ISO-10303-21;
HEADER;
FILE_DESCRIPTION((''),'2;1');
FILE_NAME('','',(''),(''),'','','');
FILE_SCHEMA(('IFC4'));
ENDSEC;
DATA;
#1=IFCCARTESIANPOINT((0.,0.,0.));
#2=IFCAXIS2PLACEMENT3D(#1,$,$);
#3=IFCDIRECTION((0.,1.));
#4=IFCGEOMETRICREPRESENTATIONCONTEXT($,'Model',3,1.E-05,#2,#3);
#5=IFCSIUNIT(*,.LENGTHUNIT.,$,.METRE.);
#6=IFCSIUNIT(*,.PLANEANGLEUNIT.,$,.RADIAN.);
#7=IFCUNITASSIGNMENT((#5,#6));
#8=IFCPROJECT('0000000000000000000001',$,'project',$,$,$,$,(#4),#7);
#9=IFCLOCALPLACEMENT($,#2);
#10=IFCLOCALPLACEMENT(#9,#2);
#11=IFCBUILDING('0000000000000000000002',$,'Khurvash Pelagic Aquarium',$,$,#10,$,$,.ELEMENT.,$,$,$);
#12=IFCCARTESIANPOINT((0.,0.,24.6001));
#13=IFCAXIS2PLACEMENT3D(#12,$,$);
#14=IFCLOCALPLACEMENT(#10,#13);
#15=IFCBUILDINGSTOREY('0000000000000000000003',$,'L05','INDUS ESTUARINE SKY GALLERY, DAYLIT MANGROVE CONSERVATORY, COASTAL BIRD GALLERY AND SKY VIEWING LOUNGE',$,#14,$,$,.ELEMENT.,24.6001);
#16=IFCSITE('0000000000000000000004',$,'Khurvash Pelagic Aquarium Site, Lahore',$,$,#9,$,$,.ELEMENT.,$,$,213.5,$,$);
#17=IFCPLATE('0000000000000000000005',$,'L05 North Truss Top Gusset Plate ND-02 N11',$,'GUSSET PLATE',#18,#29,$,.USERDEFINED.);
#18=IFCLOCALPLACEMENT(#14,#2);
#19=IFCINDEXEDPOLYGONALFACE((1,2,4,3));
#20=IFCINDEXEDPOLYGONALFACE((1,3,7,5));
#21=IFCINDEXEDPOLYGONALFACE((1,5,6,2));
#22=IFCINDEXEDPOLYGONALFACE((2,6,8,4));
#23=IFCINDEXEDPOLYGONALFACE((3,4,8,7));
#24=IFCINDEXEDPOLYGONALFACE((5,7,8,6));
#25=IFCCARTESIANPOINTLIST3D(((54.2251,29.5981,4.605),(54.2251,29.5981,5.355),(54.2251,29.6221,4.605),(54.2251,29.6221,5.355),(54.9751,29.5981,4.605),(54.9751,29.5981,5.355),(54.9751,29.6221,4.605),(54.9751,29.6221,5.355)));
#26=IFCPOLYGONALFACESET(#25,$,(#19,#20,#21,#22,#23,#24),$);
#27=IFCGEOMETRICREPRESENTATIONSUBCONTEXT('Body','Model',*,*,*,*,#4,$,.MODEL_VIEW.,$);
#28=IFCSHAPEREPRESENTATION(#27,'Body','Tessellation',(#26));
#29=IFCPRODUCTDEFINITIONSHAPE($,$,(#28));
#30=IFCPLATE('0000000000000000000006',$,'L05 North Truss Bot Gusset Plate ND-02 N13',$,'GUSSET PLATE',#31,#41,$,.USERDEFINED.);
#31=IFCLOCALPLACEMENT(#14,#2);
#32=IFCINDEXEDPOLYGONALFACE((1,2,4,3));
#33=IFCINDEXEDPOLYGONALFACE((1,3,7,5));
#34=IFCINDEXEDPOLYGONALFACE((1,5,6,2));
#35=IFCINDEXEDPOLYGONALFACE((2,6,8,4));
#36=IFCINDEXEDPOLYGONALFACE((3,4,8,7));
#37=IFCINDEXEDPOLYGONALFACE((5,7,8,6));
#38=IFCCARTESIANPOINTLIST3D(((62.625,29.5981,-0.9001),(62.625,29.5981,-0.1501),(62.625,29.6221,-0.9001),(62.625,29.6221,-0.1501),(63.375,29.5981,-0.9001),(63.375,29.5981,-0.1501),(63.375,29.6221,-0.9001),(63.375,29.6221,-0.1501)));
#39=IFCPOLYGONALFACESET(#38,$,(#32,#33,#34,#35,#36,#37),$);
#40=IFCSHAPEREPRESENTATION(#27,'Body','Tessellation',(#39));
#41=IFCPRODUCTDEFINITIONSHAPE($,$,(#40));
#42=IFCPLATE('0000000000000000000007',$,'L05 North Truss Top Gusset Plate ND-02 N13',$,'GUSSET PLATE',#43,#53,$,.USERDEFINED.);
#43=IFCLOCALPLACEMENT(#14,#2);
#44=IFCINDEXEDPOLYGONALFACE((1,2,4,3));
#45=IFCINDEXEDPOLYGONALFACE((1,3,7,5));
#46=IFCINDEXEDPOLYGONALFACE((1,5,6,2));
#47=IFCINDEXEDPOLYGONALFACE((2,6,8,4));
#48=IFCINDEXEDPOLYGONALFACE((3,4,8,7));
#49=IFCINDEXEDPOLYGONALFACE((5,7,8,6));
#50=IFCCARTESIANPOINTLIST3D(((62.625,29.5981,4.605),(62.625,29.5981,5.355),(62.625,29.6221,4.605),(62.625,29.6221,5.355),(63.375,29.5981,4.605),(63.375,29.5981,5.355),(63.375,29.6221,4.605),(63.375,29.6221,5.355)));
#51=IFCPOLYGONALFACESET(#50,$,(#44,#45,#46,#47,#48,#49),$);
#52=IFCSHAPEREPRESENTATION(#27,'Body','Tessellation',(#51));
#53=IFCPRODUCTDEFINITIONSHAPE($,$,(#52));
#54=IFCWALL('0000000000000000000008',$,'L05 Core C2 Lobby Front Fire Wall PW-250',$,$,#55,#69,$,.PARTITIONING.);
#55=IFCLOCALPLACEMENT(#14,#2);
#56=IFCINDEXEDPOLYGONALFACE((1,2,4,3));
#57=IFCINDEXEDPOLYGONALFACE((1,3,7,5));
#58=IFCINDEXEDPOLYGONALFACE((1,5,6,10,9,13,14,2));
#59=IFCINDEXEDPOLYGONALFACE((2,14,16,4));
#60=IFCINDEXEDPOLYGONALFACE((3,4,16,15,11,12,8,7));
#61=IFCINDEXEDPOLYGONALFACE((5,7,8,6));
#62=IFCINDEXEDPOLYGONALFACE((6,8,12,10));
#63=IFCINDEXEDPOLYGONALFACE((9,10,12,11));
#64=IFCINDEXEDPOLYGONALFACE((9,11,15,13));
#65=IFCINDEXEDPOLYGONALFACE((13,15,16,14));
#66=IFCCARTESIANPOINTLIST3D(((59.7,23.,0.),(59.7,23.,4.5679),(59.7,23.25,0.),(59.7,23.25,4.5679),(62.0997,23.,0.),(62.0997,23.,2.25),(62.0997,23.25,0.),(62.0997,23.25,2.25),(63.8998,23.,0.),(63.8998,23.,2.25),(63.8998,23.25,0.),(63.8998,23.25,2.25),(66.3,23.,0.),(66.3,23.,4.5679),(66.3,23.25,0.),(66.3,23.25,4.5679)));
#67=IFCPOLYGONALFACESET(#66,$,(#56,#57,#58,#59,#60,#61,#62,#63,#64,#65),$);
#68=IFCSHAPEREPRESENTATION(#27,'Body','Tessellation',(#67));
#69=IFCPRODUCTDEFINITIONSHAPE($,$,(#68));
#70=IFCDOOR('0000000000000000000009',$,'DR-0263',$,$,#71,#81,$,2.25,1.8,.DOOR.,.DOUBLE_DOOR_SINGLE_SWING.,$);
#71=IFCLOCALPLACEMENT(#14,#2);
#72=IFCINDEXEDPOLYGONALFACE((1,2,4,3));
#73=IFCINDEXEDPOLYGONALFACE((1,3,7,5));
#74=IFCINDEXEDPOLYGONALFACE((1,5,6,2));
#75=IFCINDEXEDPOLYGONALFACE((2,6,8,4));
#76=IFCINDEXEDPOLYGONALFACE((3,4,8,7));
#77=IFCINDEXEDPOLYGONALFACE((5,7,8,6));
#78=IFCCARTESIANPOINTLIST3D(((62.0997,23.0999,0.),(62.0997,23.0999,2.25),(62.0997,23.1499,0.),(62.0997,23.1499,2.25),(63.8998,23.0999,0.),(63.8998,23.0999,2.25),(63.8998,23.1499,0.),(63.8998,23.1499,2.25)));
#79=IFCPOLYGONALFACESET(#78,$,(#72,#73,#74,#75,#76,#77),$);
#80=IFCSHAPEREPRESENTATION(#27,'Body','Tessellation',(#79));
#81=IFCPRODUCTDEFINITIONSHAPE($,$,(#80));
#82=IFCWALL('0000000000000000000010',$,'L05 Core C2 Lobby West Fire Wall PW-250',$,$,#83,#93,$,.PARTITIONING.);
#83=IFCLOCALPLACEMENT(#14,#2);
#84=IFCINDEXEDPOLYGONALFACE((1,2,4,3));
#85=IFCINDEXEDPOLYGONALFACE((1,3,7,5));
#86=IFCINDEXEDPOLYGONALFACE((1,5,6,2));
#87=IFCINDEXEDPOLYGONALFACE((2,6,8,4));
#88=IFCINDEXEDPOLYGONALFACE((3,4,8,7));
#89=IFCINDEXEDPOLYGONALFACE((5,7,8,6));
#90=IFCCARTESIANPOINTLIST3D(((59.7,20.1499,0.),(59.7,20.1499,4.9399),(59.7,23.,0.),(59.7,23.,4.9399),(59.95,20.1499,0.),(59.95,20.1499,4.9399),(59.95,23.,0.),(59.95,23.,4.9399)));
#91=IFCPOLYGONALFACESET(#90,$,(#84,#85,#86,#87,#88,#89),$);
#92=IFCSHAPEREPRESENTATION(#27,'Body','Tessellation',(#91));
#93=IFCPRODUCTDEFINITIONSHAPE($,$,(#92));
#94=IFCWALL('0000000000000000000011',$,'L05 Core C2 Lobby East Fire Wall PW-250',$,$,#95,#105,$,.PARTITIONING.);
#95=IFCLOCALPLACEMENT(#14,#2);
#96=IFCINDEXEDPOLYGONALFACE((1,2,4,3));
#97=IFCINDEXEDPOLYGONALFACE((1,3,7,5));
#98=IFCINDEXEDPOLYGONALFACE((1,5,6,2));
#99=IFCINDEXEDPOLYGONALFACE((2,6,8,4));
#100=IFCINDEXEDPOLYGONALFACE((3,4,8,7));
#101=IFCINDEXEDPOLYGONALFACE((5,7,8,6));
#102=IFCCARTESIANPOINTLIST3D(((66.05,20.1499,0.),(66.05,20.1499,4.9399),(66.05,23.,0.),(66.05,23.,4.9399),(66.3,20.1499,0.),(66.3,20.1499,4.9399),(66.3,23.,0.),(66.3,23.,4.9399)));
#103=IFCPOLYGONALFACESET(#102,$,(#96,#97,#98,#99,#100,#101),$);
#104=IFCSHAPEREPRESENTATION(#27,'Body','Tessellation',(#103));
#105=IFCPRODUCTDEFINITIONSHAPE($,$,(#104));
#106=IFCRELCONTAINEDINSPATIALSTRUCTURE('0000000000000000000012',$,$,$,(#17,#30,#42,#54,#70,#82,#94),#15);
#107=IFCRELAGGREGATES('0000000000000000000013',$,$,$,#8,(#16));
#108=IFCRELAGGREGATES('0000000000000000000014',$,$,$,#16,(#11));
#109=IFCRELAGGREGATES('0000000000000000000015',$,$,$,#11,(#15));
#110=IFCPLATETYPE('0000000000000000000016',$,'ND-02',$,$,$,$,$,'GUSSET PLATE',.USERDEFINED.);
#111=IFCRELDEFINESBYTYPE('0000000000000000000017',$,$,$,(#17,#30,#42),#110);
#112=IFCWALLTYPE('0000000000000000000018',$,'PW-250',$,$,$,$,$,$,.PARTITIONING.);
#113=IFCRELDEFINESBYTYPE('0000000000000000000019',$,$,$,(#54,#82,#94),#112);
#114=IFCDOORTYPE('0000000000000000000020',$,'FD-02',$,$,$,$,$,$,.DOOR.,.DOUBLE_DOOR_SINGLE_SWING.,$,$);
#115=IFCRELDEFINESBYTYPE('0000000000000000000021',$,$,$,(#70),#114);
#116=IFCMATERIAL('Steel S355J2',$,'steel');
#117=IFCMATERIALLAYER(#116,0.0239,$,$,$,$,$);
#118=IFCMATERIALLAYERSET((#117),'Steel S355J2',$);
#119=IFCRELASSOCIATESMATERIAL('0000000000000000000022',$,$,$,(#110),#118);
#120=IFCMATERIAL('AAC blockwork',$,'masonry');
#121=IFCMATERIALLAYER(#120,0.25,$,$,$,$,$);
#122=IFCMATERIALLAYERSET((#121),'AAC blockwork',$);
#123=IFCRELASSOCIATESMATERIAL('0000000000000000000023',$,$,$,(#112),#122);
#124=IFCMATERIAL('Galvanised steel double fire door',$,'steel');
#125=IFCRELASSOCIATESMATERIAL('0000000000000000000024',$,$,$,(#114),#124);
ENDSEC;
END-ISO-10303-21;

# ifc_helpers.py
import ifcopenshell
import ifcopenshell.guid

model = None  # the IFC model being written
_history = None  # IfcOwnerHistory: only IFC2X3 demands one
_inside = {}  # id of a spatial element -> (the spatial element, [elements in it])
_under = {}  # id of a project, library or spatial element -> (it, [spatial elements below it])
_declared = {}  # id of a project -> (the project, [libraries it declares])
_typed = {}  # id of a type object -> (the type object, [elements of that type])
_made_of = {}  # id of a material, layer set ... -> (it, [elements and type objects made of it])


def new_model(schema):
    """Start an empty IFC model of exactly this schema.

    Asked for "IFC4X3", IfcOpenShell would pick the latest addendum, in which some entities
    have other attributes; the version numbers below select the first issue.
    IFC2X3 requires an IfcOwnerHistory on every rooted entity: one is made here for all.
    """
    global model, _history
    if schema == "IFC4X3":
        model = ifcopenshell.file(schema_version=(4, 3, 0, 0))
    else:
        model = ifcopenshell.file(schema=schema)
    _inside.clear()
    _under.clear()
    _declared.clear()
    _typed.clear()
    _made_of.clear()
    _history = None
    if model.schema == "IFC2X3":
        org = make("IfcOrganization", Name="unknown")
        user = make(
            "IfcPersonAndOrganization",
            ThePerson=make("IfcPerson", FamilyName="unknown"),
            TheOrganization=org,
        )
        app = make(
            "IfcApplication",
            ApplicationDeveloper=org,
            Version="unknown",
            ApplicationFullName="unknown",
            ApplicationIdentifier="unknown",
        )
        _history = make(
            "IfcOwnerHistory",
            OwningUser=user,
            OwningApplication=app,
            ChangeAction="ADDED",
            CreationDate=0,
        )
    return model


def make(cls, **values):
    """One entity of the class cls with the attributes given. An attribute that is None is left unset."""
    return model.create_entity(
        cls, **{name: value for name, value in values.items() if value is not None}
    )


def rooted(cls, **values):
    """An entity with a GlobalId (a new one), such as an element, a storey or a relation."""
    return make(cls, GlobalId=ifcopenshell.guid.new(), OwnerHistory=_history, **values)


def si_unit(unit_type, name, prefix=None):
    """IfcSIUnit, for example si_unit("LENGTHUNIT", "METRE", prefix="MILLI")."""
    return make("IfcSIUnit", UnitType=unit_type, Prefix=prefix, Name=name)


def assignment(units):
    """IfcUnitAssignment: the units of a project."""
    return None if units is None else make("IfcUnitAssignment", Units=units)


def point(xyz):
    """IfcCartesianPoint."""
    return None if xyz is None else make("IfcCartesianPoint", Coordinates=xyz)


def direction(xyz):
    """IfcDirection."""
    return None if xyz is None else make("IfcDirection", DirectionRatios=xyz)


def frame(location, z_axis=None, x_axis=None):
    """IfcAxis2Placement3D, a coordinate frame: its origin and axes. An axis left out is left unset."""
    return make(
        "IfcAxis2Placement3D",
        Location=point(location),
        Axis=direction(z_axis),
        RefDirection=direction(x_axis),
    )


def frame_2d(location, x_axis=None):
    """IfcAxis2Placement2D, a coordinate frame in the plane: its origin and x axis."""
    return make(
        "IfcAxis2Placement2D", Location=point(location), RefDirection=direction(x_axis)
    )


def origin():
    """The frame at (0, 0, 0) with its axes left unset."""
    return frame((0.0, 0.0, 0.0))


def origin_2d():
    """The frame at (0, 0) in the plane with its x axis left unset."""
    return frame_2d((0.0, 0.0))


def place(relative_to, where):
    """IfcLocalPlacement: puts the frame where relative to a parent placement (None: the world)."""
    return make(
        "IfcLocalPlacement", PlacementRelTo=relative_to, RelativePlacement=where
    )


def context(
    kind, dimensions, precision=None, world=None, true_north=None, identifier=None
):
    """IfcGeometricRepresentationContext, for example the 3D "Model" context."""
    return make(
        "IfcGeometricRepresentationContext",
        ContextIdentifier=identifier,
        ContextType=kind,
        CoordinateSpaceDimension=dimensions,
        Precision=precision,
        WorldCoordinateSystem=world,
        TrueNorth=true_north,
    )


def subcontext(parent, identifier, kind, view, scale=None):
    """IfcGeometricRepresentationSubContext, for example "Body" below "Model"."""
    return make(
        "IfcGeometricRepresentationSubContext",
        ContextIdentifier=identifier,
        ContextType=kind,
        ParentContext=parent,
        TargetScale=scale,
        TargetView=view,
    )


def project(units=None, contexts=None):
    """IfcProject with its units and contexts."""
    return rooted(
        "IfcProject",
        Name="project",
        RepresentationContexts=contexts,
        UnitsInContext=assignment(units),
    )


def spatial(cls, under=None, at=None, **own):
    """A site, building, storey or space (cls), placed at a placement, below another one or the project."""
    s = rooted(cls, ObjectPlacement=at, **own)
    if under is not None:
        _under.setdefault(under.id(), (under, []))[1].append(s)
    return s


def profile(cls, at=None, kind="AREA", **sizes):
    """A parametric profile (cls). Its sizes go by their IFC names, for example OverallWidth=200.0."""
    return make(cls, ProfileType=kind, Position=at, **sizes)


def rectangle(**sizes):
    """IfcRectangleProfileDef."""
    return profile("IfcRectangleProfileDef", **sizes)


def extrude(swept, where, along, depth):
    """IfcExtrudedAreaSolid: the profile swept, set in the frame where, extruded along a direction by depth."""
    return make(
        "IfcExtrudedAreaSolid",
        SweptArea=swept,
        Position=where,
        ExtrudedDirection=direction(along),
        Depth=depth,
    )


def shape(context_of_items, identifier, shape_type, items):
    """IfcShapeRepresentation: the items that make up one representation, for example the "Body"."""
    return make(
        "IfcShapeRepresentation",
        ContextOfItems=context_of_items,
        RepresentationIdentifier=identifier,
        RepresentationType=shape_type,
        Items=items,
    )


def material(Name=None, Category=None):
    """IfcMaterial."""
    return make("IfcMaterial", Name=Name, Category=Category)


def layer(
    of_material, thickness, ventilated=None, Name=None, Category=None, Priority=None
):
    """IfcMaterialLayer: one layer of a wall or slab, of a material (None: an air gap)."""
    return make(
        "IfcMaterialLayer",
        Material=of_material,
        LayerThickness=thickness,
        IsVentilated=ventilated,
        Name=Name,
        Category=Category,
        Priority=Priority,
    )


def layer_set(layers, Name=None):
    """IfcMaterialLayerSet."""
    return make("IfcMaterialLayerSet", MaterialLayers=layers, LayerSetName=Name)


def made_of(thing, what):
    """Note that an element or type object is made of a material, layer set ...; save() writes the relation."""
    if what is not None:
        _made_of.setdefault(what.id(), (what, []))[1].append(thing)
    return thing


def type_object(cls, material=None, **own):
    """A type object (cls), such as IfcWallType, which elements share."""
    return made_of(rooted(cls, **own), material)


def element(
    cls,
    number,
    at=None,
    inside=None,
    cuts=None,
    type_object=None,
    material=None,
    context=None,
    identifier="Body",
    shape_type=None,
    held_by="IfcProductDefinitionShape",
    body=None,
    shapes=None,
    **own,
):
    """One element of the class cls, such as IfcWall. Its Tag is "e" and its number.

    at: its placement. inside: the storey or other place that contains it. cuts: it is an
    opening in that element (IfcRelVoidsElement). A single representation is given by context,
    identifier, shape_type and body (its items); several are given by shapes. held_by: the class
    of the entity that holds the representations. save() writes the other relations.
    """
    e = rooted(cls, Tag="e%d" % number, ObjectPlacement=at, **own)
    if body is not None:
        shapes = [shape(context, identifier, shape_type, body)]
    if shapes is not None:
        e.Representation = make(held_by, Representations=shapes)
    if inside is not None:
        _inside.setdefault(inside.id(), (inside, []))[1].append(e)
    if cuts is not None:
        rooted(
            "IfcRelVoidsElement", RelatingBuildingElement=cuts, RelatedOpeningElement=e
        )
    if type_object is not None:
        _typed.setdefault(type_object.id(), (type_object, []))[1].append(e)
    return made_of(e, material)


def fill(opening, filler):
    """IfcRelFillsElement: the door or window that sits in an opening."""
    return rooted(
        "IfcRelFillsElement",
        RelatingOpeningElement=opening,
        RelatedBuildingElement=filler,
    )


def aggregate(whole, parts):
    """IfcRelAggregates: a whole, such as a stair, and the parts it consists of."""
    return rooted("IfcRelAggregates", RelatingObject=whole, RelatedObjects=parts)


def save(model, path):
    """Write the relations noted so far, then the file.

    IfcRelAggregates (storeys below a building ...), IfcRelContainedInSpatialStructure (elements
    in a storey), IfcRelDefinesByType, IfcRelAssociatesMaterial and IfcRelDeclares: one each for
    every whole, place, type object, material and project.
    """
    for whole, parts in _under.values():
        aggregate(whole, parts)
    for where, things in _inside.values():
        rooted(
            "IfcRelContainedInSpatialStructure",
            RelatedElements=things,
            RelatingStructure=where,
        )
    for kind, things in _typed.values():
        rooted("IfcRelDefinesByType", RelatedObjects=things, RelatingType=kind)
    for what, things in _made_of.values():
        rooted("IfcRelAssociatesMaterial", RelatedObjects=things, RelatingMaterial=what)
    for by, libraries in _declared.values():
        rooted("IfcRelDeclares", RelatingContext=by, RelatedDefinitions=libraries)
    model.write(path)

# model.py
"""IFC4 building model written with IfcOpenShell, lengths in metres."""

from ifc_helpers import new_model, si_unit, direction, frame, frame_2d, origin, origin_2d, place, context, subcontext, project, spatial, rectangle, extrude, material, layer, layer_set, type_object, element, fill, save


model = new_model("IFC4")

# Units and contexts
model_context = context("Model", 3, precision=1e-05, world=origin(), true_north=direction((0.0, 1.0)))
body_context = subcontext(model_context, "Body", "Model", "MODEL_VIEW")
ifc_project = project(units=[si_unit("LENGTHUNIT", "METRE"), si_unit("PLANEANGLEUNIT", "RADIAN")], contexts=[model_context])

# Site, building, storey
site_placement = place(None, origin())
site = spatial("IfcSite", under=ifc_project, at=site_placement, Name="Khurvash Pelagic Aquarium Site, Lahore", CompositionType="ELEMENT", RefElevation=213.5)
building_placement = place(site_placement, origin())
building = spatial("IfcBuilding", under=site, at=building_placement, Name="Khurvash Pelagic Aquarium", CompositionType="ELEMENT")
storey_placement = place(building_placement, frame((0.0, 0.0, 24.6001)))
storey = spatial("IfcBuildingStorey", under=building, at=storey_placement, Name="L05", Description="INDUS ESTUARINE SKY GALLERY, DAYLIT MANGROVE CONSERVATORY, COASTAL BIRD GALLERY AND SKY VIEWING LOUNGE", CompositionType="ELEMENT", Elevation=24.6001)

# Plates
ifc_material_1 = material(Name="Steel S355J2", Category="steel")
ifc_layer_1 = layer(ifc_material_1, 0.0239)
ifc_layer_set_1 = layer_set([ifc_layer_1], Name="Steel S355J2")
plate_type_1 = type_object("IfcPlateType", Name="ND-02", ElementType="GUSSET PLATE", PredefinedType="USERDEFINED", material=ifc_layer_set_1)
for number, where, z_axis, x_axis, name in (
    (1, (54.6001, 29.6101, 4.605), (0.0, 0.0, 1.0), (1.0, 0.0, 0.0), "L05 North Truss Top Gusset Plate ND-02 N11"),
    (2, (63.0, 29.6101, -0.9001), (0.0, 0.0, 1.0), (1.0, 0.0, 0.0), "L05 North Truss Bot Gusset Plate ND-02 N13"),
    (3, (63.0, 29.6101, 4.605), (0.0, 0.0, 1.0), (1.0, 0.0, 0.0), "L05 North Truss Top Gusset Plate ND-02 N13"),
):
    element("IfcPlate", number, at=place(storey_placement, frame(where, z_axis=z_axis, x_axis=x_axis)), inside=storey, type_object=plate_type_1, Name=name, ObjectType="GUSSET PLATE", PredefinedType="USERDEFINED", context=body_context, shape_type="SweptSolid", body=[
        extrude(rectangle(XDim=0.75, YDim=0.0239, at=origin_2d()), origin(), (0.0, 0.0, 1.0), 0.75),
    ])

# Wall, opening, door
ifc_material_2 = material(Name="AAC blockwork", Category="masonry")
ifc_layer_2 = layer(ifc_material_2, 0.25)
ifc_layer_set_2 = layer_set([ifc_layer_2], Name="AAC blockwork")
wall_type = type_object("IfcWallType", Name="PW-250", PredefinedType="PARTITIONING", material=ifc_layer_set_2)
wall_placement = place(storey_placement, frame((59.7, 23.125, 0.0), z_axis=(0.0, 0.0, 1.0), x_axis=(1.0, 0.0, 0.0)))
wall = element("IfcWall", 4, at=wall_placement, inside=storey, type_object=wall_type, Name="L05 Core C2 Lobby Front Fire Wall PW-250", PredefinedType="PARTITIONING", context=body_context, shape_type="SweptSolid", body=[
    extrude(rectangle(XDim=6.6001, YDim=0.25, at=frame_2d((3.3, 0.0))), origin(), (0.0, 0.0, 1.0), 4.5679),
])
opening_placement = place(wall_placement, frame((2.3999, 0.0, 0.0)))
opening = element("IfcOpeningElement", 5, at=opening_placement, cuts=wall, PredefinedType="OPENING", context=body_context, shape_type="SweptSolid", body=[
    extrude(rectangle(XDim=1.8, YDim=2.25, at=frame_2d((0.8999, 1.125))), frame((0.0, 0.135, 0.0), z_axis=(0.0, -1.0, 0.0), x_axis=(1.0, 0.0, 0.0)), (0.0, 0.0, 1.0), 0.27),
])
ifc_material_3 = material(Name="Galvanised steel double fire door", Category="steel")
door_type = type_object("IfcDoorType", Name="FD-02", OperationType="DOUBLE_DOOR_SINGLE_SWING", PredefinedType="DOOR", material=ifc_material_3)
door_placement = place(opening_placement, origin())
door = element("IfcDoor", 6, at=door_placement, inside=storey, type_object=door_type, Name="DR-0263", OperationType="DOUBLE_DOOR_SINGLE_SWING", OverallHeight=2.25, OverallWidth=1.8, PredefinedType="DOOR", context=body_context, shape_type="SweptSolid", body=[
    extrude(rectangle(XDim=1.8, YDim=2.25, at=frame_2d((0.8999, 1.125))), frame((0.0, 0.0249, 0.0), z_axis=(0.0, -1.0, 0.0), x_axis=(1.0, 0.0, 0.0)), (0.0, 0.0, 1.0), 0.05),
])
fill(opening, door)

# Walls
for number, where, z_axis, x_axis, name in (
    (7, (59.825, 20.1499, 0.0), (0.0, 0.0, 1.0), (0.0, 1.0, 0.0), "L05 Core C2 Lobby West Fire Wall PW-250"),
    (8, (66.175, 20.1499, 0.0), (0.0, 0.0, 1.0), (0.0, 1.0, 0.0), "L05 Core C2 Lobby East Fire Wall PW-250"),
):
    element("IfcWall", number, at=place(storey_placement, frame(where, z_axis=z_axis, x_axis=x_axis)), inside=storey, type_object=wall_type, Name=name, PredefinedType="PARTITIONING", context=body_context, shape_type="SweptSolid", body=[
        extrude(rectangle(XDim=2.8501, YDim=0.25, at=frame_2d((1.425, 0.0))), origin(), (0.0, 0.0, 1.0), 4.9399),
    ])

save(model, "model.ifc")
